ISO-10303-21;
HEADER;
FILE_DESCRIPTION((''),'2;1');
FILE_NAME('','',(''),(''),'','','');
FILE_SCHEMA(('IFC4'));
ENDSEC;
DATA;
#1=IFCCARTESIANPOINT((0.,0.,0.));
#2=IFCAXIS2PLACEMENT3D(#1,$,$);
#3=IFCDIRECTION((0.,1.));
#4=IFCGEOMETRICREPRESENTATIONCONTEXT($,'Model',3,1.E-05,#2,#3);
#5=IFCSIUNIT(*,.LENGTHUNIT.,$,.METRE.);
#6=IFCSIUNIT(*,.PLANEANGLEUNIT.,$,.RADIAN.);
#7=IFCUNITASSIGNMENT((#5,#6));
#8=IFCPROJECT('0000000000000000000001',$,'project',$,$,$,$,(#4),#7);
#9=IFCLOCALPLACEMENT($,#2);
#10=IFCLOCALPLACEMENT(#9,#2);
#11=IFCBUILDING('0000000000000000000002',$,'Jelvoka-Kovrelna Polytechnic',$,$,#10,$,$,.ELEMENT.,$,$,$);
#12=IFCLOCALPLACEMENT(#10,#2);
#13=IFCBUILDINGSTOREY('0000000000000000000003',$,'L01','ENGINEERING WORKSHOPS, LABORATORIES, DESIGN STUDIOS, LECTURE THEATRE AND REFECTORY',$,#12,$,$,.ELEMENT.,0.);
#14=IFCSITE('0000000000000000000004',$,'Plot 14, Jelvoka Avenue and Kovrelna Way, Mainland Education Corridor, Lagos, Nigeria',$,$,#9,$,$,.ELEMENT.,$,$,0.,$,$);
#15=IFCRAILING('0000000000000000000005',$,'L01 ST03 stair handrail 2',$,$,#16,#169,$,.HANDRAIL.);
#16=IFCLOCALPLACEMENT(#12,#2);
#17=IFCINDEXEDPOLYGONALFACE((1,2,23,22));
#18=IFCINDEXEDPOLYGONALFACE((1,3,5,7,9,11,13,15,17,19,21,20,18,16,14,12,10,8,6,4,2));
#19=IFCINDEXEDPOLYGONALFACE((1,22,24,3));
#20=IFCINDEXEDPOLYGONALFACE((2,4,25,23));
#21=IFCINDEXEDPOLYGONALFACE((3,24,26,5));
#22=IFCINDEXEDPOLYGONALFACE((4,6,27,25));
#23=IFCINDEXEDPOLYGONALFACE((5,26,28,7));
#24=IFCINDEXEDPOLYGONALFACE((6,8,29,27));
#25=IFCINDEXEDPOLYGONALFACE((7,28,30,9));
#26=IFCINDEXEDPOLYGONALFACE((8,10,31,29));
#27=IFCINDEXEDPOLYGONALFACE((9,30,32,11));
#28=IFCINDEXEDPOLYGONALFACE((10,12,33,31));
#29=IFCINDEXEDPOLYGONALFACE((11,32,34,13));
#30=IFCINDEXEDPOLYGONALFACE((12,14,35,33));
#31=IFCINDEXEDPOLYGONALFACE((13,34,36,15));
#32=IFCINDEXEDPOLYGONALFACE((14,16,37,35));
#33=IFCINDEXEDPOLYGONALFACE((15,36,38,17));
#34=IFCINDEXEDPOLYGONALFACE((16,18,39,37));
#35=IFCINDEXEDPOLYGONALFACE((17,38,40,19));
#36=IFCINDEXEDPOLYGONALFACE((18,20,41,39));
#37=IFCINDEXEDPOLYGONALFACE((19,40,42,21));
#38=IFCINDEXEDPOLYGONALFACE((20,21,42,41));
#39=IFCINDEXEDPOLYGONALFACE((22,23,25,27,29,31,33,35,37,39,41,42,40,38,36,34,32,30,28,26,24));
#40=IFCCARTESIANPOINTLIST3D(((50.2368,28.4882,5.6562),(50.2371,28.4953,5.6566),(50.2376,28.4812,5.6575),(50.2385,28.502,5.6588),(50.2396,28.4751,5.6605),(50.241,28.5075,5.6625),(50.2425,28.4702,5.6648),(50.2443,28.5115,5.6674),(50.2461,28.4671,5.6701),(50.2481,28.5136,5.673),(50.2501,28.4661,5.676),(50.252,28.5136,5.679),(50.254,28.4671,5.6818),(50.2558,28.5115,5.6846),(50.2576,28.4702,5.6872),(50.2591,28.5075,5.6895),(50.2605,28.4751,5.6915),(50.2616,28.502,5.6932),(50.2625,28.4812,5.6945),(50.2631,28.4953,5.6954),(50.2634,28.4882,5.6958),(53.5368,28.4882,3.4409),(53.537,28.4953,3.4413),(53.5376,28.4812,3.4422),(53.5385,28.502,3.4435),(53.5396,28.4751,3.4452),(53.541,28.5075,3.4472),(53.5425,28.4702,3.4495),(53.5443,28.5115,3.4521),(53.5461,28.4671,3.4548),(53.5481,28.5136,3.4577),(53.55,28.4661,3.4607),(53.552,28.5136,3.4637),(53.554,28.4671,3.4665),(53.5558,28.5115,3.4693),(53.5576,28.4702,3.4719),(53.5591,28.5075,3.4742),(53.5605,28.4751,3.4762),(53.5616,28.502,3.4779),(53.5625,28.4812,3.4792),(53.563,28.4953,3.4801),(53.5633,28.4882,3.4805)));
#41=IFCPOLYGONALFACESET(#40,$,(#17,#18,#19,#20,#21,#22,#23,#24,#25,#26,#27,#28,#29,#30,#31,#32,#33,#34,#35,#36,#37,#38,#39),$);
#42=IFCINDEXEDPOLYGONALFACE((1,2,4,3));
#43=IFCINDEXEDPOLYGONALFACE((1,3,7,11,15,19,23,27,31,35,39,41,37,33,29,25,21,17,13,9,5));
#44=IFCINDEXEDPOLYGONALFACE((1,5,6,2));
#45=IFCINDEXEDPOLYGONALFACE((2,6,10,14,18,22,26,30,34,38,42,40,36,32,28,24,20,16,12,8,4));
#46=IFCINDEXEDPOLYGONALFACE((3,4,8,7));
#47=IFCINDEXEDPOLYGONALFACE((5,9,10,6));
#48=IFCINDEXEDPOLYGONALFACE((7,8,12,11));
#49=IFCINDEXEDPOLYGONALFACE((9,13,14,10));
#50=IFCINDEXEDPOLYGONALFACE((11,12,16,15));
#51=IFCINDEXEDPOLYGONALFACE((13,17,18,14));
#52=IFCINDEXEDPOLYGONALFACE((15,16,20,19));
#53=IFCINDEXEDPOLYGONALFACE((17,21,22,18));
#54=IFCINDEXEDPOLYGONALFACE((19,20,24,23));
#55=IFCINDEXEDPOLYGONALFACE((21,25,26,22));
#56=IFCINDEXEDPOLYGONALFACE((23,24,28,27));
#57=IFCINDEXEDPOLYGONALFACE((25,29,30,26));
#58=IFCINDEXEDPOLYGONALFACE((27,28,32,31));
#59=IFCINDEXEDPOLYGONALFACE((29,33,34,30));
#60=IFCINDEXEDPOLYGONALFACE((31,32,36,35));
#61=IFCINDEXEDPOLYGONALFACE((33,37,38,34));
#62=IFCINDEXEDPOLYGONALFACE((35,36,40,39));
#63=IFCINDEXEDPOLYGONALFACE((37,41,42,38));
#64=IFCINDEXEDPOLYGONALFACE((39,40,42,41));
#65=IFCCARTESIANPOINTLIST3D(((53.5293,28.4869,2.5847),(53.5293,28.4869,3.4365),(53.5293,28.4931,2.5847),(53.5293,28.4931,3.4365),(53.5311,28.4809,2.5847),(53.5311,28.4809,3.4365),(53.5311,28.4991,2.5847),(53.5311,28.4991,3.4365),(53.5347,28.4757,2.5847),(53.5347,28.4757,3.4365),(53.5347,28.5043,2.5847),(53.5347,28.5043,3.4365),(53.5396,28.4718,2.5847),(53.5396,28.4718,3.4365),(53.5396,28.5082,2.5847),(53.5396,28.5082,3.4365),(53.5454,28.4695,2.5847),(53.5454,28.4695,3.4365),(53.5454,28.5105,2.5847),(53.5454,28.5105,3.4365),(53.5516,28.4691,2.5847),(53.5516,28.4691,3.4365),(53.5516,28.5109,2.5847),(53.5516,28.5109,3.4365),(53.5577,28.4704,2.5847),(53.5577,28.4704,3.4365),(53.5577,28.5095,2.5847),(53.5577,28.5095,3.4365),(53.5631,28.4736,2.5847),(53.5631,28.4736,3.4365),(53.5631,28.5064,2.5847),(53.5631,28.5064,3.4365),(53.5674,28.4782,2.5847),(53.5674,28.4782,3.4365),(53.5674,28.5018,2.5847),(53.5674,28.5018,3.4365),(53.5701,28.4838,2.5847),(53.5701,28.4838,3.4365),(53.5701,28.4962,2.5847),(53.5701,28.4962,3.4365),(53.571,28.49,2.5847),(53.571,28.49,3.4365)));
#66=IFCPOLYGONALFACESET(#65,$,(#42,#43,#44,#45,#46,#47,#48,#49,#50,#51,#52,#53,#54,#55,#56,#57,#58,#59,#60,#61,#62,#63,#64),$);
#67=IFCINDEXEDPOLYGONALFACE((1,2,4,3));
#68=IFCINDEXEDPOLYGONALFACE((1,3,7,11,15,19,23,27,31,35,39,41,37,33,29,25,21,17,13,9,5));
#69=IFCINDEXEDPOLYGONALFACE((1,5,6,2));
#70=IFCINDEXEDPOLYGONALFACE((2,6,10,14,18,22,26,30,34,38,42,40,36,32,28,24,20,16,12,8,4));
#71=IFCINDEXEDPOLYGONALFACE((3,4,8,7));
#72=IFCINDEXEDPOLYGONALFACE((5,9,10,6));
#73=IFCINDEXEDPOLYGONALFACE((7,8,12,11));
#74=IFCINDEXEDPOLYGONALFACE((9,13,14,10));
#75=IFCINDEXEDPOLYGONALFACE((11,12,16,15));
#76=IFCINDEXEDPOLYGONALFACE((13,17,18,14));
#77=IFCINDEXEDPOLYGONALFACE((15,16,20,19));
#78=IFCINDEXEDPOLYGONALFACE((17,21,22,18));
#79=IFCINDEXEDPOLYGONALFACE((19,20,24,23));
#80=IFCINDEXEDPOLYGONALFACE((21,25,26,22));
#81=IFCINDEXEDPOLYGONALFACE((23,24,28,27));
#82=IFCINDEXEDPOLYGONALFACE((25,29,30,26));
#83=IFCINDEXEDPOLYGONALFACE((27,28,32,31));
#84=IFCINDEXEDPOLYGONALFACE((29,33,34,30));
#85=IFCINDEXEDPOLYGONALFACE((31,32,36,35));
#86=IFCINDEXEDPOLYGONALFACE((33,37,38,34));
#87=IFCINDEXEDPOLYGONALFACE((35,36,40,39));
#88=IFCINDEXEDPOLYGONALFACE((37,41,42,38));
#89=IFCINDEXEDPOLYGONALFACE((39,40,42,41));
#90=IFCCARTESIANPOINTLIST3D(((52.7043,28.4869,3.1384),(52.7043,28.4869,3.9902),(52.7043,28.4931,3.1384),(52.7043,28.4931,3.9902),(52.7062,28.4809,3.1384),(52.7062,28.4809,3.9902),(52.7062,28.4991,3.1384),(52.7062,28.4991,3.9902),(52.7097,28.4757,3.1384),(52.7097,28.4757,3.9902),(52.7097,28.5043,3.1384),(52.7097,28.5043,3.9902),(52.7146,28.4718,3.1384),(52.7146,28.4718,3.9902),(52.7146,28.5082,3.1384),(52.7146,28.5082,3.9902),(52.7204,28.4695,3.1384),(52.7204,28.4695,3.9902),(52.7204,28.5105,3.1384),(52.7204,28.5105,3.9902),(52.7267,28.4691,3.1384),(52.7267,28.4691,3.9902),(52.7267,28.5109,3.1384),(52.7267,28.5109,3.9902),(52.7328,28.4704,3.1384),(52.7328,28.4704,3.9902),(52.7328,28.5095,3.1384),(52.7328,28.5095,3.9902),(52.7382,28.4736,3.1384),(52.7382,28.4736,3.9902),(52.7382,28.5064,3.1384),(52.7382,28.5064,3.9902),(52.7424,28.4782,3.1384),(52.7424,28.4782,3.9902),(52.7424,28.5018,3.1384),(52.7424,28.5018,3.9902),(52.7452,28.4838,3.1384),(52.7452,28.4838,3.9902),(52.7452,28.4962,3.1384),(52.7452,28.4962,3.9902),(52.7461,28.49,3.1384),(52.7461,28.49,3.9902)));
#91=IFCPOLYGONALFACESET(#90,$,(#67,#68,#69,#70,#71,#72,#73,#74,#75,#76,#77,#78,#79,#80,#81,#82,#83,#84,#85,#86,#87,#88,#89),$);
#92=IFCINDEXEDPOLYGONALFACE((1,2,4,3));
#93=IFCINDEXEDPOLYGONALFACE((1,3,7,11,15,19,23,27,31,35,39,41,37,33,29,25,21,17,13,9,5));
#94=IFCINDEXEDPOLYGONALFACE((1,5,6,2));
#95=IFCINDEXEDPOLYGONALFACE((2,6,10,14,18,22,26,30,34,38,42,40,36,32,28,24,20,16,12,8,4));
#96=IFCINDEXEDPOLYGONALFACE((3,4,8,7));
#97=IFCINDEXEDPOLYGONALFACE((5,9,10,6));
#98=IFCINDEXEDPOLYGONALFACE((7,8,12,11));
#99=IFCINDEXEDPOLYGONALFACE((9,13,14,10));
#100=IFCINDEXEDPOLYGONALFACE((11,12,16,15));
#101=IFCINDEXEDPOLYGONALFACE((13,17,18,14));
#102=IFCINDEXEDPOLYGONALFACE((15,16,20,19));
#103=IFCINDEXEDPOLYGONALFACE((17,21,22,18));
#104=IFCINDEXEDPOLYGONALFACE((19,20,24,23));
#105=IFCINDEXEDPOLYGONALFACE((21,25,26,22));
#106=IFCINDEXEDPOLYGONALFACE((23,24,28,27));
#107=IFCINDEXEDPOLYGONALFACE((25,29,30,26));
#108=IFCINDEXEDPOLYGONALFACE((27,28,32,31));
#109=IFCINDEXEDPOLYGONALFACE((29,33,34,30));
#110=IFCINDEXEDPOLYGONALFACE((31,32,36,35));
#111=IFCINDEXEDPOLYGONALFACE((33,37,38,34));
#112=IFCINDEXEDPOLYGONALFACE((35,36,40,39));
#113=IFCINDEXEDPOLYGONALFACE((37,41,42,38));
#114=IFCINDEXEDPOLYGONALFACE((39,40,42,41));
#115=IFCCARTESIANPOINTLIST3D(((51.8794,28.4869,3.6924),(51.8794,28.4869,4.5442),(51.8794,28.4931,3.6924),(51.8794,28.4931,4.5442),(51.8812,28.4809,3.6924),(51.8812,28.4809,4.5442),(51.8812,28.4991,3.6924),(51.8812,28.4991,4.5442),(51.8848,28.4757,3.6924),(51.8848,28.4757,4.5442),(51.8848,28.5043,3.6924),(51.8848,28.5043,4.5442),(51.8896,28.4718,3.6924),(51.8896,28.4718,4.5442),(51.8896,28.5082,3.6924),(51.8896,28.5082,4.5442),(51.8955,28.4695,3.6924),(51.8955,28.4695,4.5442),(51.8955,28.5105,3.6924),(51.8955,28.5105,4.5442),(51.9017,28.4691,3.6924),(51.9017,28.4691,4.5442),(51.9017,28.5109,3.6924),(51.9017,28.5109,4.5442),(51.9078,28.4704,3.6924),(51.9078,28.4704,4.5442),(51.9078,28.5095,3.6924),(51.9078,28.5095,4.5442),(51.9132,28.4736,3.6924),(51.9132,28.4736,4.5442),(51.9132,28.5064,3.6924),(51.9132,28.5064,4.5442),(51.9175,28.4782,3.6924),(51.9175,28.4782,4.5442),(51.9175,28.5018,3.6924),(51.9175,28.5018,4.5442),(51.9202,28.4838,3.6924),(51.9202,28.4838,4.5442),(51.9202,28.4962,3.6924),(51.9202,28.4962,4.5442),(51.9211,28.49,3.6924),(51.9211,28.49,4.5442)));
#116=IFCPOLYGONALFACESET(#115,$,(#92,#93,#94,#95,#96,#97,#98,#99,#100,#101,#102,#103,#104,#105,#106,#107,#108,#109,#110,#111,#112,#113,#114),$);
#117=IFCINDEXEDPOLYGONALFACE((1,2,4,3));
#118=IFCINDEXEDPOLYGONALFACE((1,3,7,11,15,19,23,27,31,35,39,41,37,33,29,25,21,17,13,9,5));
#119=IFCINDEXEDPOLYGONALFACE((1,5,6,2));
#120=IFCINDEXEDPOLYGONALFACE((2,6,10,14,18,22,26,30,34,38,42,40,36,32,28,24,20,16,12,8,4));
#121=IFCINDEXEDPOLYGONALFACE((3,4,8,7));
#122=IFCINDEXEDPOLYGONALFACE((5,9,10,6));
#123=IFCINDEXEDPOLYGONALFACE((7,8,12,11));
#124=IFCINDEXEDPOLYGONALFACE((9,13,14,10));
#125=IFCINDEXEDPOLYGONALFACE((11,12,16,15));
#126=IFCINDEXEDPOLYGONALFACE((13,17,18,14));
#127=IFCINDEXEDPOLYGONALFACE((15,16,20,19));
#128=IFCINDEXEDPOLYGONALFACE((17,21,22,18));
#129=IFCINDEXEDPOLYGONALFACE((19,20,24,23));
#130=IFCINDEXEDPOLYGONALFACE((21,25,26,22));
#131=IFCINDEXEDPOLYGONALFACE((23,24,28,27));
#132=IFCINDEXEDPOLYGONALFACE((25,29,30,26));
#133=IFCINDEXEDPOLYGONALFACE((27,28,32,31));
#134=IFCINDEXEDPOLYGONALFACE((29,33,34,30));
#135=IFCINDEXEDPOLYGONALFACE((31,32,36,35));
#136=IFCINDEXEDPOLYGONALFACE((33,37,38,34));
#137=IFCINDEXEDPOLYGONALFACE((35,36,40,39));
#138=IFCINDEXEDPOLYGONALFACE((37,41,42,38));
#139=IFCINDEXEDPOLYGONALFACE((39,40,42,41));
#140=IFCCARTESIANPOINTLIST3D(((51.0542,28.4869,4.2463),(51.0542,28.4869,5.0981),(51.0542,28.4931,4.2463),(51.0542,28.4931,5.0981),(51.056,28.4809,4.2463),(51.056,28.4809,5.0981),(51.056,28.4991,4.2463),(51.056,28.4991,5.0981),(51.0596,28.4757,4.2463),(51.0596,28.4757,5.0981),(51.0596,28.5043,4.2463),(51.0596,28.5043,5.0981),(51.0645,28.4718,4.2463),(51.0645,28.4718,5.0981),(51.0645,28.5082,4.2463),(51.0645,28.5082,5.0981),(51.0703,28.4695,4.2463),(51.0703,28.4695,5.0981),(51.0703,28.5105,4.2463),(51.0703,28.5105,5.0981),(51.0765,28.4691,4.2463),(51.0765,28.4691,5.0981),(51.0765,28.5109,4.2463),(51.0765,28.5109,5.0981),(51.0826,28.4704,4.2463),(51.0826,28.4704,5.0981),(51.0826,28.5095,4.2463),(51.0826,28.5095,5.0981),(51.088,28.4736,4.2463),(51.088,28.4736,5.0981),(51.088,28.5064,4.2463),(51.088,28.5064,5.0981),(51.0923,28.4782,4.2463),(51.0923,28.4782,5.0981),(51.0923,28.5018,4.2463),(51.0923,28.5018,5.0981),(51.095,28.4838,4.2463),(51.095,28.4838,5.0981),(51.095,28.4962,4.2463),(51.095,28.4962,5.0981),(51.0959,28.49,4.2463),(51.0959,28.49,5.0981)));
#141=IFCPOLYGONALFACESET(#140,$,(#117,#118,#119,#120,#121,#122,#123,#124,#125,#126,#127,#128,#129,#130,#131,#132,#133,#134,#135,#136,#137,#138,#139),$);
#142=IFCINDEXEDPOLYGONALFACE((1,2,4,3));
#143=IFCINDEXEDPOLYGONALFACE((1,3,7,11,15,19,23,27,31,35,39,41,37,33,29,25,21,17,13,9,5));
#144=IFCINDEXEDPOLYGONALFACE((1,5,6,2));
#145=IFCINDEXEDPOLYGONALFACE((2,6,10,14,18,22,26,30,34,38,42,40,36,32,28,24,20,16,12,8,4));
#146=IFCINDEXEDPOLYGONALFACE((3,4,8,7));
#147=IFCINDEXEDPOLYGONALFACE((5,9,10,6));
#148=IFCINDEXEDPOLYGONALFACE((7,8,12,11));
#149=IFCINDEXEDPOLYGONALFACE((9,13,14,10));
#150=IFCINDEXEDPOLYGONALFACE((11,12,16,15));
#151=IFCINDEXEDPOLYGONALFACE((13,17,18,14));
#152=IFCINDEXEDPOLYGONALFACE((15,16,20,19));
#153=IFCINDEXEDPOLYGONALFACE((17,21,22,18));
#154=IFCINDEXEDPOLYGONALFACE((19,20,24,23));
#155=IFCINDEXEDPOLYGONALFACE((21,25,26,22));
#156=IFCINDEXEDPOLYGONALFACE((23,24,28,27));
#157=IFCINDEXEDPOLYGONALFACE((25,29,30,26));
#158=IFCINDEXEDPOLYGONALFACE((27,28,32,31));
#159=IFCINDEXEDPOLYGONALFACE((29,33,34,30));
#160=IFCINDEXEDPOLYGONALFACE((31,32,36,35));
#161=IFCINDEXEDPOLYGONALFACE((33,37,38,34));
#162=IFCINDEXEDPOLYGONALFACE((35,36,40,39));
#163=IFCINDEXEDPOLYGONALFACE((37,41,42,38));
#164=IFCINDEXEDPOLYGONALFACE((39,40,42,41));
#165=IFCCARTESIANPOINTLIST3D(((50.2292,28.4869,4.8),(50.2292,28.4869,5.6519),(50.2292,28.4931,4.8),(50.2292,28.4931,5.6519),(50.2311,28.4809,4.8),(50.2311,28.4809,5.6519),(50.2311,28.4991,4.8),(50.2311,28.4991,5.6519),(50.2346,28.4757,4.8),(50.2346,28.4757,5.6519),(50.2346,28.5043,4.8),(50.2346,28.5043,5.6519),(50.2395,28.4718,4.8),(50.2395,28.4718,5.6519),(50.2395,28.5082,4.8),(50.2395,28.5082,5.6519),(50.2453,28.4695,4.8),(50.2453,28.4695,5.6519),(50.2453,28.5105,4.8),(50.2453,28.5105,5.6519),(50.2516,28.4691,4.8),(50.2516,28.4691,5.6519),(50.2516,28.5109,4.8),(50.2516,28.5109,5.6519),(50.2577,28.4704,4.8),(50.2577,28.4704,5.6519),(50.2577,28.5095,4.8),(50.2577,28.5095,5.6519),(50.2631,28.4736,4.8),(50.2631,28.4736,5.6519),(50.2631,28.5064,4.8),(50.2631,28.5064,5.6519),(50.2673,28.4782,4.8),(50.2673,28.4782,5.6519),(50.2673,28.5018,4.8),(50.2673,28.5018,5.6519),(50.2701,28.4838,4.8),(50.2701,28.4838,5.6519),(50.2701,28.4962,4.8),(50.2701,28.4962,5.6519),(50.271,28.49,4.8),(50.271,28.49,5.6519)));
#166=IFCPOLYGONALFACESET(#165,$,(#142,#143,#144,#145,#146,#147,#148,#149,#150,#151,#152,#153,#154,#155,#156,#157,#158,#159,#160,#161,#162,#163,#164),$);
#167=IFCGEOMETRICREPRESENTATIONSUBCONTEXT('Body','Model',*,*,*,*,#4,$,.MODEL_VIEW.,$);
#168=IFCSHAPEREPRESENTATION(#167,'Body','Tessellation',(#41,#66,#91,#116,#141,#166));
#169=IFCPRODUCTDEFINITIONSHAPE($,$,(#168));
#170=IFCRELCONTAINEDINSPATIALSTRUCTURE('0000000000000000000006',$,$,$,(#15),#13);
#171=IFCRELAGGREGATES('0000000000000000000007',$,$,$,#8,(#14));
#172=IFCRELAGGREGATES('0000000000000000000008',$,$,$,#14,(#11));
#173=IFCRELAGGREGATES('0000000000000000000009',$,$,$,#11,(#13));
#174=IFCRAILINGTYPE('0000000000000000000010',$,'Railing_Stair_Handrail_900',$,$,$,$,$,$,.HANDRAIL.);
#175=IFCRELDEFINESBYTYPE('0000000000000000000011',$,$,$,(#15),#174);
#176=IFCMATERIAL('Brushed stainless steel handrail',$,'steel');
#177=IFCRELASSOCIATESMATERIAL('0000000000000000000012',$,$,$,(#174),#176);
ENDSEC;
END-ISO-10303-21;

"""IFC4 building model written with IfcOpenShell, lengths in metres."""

from ifc_helpers import new_model, si_unit, direction, frame, origin, origin_2d, place, context, subcontext, project, spatial, circle, extrude, material, type_object, element, save


model = new_model("IFC4")

# Units and contexts
model_context = context("Model", 3, precision=1e-05, world=origin(), true_north=direction((0.0, 1.0)))
body_context = subcontext(model_context, "Body", "Model", "MODEL_VIEW")
ifc_project = project(units=[si_unit("LENGTHUNIT", "METRE"), si_unit("PLANEANGLEUNIT", "RADIAN")], contexts=[model_context])

# Site, building, storey
site_placement = place(None, origin())
site = spatial("IfcSite", under=ifc_project, at=site_placement, Name="Plot 14, Jelvoka Avenue and Kovrelna Way, Mainland Education Corridor, Lagos, Nigeria", CompositionType="ELEMENT", RefElevation=0.0)
building_placement = place(site_placement, origin())
building = spatial("IfcBuilding", under=site, at=building_placement, Name="Jelvoka-Kovrelna Polytechnic", CompositionType="ELEMENT")
storey_placement = place(building_placement, origin())
storey = spatial("IfcBuildingStorey", under=building, at=storey_placement, Name="L01", Description="ENGINEERING WORKSHOPS, LABORATORIES, DESIGN STUDIOS, LECTURE THEATRE AND REFECTORY", CompositionType="ELEMENT", Elevation=0.0)

# Railing
ifc_material_1 = material(Name="Brushed stainless steel handrail", Category="steel")
railing_type_1 = type_object("IfcRailingType", Name="Railing_Stair_Handrail_900", PredefinedType="HANDRAIL", material=ifc_material_1)
railing_1_placement = place(storey_placement, frame((53.55, 28.49, 2.5847)))
element("IfcRailing", 1, at=railing_1_placement, inside=storey, type_object=railing_type_1, Name="L01 ST03 stair handrail 2", PredefinedType="HANDRAIL", context=body_context, shape_type="SweptSolid", body=[
    extrude(circle(Radius=0.0239, at=origin_2d()), frame((0.0, 0.0, 0.876), z_axis=(-0.830269, 0.0, 0.557362), x_axis=(0.0, -1.0, 0.0)), (0.0, 0.0, 1.0), 3.9746),
    extrude(circle(Radius=0.021, at=origin_2d()), origin(), (0.0, 0.0, 1.0), 0.8518),
    extrude(circle(Radius=0.021, at=origin_2d()), frame((-0.825, 0.0, 0.5537)), (0.0, 0.0, 1.0), 0.8518),
    extrude(circle(Radius=0.021, at=origin_2d()), frame((-1.6499, 0.0, 1.1077)), (0.0, 0.0, 1.0), 0.8518),
    extrude(circle(Radius=0.021, at=origin_2d()), frame((-2.4751, 0.0, 1.6616)), (0.0, 0.0, 1.0), 0.8518),
    extrude(circle(Radius=0.021, at=origin_2d()), frame((-3.3, 0.0, 2.2153)), (0.0, 0.0, 1.0), 0.8518),
])

save(model, "model.ifc")
